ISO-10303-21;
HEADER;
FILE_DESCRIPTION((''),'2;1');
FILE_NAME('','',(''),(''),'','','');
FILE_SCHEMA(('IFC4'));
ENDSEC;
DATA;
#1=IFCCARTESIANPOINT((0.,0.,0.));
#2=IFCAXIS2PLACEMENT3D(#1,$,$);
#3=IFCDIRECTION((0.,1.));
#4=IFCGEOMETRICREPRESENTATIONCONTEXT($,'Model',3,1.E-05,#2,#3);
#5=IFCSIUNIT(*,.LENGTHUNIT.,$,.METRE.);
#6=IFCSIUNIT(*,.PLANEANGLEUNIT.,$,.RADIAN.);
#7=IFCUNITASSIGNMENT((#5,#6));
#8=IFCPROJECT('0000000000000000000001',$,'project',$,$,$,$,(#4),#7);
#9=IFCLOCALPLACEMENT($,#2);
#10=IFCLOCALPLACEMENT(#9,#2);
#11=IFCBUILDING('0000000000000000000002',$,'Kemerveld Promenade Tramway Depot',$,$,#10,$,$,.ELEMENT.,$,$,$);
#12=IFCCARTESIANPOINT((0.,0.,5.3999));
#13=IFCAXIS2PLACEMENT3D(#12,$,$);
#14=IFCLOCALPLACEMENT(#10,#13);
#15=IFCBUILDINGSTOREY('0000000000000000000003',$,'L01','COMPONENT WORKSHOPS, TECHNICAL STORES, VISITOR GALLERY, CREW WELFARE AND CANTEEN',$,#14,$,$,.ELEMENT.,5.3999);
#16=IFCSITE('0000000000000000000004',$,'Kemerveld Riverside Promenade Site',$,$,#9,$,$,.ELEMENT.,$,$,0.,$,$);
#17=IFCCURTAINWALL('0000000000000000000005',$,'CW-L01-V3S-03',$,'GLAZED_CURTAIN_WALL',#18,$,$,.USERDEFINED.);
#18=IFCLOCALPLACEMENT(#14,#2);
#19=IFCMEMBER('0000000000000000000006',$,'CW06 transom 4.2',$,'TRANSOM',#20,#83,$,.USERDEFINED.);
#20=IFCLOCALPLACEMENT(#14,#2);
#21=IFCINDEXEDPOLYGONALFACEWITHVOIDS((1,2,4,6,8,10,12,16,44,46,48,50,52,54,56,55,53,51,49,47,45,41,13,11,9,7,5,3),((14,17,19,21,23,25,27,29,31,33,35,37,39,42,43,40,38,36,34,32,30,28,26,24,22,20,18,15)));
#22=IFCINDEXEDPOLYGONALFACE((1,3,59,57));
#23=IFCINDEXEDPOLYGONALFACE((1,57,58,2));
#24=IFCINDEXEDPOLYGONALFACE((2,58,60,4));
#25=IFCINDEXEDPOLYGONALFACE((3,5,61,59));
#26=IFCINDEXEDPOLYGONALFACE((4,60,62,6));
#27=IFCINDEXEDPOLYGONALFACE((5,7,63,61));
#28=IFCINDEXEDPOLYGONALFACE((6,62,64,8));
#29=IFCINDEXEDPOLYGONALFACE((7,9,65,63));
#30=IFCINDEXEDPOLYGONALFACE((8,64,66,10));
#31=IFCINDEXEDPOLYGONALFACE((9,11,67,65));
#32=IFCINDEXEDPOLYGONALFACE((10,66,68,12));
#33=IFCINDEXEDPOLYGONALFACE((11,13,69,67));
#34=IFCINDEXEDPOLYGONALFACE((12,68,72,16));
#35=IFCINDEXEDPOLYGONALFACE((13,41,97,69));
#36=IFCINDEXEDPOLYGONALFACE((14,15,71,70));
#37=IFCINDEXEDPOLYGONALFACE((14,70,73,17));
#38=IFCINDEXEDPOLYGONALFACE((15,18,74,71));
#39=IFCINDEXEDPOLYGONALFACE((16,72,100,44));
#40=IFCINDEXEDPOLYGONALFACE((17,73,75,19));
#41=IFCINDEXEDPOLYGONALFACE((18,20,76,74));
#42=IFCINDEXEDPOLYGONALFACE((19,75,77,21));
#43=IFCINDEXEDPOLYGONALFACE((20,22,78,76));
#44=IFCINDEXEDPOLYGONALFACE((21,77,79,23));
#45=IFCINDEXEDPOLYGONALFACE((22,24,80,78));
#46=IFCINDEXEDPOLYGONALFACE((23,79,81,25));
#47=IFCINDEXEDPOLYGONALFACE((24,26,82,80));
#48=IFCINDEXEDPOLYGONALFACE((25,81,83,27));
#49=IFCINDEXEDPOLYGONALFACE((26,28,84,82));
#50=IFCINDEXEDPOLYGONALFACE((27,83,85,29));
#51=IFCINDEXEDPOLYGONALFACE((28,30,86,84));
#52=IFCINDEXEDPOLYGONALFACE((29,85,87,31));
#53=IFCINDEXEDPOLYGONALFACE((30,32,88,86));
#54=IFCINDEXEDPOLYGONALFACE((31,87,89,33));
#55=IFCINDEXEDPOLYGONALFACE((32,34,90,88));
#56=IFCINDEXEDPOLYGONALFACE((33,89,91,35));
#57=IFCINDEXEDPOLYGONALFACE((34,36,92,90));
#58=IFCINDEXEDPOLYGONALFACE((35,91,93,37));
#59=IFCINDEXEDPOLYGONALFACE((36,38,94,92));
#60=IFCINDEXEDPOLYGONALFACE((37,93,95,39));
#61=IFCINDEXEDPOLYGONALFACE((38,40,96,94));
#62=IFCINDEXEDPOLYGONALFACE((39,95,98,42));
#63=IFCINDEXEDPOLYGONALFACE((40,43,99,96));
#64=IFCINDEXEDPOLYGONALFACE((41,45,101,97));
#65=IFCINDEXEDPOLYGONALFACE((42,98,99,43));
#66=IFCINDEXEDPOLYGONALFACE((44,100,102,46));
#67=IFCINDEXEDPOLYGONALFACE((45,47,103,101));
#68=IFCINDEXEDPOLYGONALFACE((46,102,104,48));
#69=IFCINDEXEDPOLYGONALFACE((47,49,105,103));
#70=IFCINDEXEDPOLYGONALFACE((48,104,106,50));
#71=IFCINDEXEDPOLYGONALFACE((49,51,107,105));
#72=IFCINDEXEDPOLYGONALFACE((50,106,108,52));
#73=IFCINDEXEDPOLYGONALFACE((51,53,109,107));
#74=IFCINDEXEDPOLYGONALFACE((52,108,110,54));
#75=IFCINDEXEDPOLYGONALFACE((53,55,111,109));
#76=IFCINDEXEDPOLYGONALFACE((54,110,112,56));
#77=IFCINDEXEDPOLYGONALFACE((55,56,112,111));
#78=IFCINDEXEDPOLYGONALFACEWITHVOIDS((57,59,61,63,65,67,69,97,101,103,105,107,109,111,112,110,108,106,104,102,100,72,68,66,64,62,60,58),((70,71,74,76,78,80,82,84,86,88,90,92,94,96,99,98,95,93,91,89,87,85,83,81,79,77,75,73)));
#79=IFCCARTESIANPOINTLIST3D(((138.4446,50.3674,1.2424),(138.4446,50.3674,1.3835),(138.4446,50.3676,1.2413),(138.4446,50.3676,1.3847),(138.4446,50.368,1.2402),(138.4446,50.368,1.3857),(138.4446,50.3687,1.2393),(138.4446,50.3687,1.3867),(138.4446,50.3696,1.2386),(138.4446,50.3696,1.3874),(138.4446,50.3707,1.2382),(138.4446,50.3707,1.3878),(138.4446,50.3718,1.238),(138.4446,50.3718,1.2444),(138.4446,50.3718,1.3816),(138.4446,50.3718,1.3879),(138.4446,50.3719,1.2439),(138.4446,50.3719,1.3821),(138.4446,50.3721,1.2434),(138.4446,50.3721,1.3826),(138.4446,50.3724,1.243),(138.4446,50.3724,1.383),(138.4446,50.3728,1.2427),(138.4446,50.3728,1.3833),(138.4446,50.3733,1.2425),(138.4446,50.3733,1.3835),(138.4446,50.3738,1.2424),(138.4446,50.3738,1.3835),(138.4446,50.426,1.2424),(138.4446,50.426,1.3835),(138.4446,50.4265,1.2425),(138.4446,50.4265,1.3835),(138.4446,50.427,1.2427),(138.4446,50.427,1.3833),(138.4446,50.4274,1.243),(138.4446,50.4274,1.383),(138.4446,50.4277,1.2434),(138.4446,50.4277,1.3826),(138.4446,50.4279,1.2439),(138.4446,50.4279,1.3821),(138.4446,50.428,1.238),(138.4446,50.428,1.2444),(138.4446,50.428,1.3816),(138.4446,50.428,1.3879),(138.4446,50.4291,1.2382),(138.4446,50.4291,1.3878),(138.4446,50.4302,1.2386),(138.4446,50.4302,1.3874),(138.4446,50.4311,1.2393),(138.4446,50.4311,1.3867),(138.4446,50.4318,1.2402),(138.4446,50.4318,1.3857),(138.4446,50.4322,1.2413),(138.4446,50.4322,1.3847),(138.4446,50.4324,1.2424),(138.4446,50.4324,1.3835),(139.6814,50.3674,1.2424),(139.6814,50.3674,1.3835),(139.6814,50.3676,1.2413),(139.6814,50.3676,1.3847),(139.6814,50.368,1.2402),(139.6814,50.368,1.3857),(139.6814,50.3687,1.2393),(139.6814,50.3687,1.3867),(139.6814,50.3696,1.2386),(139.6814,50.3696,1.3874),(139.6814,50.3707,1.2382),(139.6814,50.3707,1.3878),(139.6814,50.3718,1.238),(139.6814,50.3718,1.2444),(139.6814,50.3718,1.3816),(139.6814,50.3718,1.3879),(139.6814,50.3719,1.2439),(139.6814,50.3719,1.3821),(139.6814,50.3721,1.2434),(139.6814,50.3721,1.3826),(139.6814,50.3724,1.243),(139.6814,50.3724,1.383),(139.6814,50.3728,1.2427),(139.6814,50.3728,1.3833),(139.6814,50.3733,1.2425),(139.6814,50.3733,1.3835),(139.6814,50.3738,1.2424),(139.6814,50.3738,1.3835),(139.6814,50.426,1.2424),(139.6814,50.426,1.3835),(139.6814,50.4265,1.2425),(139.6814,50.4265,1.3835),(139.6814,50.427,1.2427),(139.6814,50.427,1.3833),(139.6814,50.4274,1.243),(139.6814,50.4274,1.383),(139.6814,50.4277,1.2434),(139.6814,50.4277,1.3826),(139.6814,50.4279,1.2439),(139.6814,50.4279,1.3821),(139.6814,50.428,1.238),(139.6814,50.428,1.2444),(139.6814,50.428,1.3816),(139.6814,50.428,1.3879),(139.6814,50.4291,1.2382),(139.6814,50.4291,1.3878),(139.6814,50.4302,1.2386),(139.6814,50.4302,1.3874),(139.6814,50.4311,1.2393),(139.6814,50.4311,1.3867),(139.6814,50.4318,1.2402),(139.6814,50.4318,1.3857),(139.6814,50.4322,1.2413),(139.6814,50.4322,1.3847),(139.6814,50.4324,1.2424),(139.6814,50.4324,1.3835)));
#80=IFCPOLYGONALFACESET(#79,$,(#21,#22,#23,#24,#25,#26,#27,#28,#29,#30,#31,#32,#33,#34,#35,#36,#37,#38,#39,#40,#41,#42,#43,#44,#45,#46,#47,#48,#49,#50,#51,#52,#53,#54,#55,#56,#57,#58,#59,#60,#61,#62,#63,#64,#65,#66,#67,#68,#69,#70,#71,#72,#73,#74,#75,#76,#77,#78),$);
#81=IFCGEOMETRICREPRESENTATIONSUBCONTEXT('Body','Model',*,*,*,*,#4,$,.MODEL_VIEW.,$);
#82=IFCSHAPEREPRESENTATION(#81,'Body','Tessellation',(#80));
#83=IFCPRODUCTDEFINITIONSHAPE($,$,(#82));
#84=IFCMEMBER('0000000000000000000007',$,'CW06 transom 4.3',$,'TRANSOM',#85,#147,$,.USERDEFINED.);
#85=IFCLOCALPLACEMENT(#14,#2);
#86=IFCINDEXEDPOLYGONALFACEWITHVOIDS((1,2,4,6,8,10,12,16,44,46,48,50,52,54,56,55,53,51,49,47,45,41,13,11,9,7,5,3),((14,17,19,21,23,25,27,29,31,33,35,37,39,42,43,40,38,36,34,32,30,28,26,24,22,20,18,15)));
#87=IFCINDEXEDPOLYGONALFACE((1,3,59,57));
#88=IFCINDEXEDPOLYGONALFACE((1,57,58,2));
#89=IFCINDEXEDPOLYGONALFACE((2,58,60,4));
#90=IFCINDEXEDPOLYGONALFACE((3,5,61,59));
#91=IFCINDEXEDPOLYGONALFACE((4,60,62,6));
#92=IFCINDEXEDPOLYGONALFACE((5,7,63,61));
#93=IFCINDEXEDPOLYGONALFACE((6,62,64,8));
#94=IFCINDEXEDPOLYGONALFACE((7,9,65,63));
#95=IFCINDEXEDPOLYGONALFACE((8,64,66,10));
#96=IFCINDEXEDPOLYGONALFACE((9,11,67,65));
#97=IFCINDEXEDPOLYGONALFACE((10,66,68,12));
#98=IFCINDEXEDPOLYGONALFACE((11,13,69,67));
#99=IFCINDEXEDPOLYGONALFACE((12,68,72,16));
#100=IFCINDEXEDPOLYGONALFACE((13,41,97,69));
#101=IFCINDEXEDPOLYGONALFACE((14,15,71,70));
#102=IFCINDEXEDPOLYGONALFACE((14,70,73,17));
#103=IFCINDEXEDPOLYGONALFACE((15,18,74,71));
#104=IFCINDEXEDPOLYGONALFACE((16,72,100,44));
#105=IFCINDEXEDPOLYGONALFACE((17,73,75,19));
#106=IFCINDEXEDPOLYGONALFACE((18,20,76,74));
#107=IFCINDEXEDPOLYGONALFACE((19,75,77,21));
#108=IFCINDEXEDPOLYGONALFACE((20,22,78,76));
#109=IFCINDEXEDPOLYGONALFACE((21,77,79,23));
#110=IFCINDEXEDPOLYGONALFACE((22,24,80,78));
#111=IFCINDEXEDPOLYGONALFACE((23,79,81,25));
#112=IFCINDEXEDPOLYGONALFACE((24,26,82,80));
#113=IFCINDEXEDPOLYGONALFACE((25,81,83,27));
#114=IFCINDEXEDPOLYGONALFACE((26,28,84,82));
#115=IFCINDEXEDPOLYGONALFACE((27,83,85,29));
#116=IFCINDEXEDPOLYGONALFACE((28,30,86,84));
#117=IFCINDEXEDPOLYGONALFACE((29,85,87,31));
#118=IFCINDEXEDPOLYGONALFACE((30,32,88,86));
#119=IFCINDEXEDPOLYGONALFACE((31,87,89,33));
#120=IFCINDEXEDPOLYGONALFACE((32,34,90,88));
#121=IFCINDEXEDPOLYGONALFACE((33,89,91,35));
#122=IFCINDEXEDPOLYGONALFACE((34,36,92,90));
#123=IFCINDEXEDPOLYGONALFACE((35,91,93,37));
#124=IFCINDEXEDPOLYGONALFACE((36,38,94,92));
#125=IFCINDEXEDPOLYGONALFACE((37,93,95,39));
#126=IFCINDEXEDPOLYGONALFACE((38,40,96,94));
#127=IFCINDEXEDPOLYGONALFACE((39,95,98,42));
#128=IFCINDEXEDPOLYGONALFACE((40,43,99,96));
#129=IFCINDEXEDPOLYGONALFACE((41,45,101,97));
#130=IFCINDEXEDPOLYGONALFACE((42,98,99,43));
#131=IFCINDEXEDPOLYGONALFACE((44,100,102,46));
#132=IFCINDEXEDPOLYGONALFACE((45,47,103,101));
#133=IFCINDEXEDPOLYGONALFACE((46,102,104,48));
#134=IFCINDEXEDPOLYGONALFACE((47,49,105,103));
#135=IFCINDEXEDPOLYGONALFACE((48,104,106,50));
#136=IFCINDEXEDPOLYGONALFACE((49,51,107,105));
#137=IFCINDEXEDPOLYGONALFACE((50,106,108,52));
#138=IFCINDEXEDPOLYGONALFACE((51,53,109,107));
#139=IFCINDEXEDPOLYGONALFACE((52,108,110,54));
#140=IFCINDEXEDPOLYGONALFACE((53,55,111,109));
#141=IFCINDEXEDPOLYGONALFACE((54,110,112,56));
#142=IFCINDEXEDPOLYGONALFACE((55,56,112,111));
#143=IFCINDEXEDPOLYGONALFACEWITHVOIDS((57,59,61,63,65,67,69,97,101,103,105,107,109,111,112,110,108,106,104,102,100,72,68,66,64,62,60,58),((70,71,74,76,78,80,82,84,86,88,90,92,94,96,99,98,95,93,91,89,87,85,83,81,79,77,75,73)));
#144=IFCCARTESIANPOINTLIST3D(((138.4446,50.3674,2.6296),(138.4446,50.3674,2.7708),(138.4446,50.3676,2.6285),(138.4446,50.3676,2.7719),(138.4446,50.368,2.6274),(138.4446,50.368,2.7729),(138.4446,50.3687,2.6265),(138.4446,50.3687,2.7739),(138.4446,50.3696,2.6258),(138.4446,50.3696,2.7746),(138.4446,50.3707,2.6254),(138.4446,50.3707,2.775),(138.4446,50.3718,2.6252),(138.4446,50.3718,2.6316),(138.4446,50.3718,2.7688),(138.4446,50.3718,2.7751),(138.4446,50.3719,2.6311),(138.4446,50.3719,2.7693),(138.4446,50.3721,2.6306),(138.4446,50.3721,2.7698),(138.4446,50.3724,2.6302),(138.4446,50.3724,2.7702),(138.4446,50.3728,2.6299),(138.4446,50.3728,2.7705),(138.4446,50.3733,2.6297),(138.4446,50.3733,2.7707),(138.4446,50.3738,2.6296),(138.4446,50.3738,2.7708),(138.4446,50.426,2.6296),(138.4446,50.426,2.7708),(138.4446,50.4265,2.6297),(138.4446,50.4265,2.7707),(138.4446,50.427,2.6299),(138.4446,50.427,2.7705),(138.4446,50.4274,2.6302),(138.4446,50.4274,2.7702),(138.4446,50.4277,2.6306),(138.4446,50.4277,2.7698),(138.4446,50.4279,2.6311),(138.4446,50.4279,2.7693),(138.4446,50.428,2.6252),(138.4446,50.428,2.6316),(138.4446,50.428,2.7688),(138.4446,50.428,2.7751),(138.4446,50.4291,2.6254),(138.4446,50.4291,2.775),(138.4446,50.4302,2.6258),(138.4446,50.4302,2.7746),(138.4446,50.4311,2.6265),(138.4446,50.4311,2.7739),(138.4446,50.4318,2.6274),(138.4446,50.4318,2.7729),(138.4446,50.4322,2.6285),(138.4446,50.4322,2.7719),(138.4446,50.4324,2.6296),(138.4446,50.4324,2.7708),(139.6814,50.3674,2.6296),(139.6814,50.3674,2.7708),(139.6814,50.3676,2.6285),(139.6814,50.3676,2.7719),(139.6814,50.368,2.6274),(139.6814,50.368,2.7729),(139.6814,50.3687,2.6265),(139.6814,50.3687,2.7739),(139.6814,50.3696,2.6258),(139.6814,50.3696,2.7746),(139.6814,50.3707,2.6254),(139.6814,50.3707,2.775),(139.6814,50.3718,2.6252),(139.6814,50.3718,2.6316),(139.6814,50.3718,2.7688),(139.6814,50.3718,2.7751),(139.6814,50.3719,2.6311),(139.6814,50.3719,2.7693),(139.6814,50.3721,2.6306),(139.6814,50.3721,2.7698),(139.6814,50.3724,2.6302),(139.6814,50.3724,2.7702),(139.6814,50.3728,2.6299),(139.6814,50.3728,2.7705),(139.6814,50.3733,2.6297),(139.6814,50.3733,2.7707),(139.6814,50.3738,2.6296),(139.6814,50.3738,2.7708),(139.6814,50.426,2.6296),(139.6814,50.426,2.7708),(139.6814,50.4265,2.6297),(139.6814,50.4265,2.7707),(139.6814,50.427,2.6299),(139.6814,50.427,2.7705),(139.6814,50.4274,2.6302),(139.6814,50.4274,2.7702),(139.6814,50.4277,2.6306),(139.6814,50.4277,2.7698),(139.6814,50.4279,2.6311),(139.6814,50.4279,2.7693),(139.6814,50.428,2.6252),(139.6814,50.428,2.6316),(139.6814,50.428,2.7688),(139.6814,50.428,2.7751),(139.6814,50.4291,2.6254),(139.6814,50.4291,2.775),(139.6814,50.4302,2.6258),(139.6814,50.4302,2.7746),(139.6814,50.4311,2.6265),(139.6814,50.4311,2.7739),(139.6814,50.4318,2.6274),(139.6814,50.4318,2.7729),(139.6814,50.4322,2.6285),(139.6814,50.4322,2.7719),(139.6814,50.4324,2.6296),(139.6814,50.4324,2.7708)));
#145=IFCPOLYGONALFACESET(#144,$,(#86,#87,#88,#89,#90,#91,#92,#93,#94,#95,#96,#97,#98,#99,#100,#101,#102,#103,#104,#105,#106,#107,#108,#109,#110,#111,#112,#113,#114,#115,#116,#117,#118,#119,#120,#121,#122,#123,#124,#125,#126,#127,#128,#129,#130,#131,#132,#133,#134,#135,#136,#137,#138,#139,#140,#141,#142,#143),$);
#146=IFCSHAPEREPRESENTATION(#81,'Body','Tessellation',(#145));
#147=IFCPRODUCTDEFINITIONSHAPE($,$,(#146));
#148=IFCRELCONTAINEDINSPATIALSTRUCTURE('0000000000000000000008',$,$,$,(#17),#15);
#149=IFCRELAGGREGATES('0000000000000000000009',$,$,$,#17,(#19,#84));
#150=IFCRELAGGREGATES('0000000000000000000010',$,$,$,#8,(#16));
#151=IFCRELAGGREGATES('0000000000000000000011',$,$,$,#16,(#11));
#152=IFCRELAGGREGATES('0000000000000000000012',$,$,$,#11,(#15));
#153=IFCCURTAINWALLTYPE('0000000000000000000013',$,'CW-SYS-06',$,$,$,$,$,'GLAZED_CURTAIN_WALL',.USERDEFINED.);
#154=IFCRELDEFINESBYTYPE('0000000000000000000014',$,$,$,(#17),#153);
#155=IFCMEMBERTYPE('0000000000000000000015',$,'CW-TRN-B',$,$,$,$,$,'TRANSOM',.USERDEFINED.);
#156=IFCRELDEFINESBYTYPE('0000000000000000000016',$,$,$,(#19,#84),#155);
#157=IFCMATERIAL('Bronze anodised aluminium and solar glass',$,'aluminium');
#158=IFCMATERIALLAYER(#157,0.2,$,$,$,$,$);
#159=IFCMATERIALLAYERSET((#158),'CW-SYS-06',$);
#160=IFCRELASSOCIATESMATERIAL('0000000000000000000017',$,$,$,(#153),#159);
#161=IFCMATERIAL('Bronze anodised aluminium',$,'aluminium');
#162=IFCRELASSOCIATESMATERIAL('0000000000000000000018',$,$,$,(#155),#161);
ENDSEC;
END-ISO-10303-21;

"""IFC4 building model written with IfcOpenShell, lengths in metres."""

from ifc_helpers import new_model, si_unit, direction, frame, origin, origin_2d, place, context, subcontext, project, spatial, hollow_rectangle, extrude, material, layer, layer_set, material_profile, profile_set, type_object, element, aggregate, save


model = new_model("IFC4")

# Units and contexts
model_context = context("Model", 3, precision=1e-05, world=origin(), true_north=direction((0.0, 1.0)))
body_context = subcontext(model_context, "Body", "Model", "MODEL_VIEW")
ifc_project = project(units=[si_unit("LENGTHUNIT", "METRE"), si_unit("PLANEANGLEUNIT", "RADIAN")], contexts=[model_context])

# Site, building, storey
site_placement = place(None, origin())
site = spatial("IfcSite", under=ifc_project, at=site_placement, Name="Kemerveld Riverside Promenade Site", CompositionType="ELEMENT", RefElevation=0.0)
building_placement = place(site_placement, origin())
building = spatial("IfcBuilding", under=site, at=building_placement, Name="Kemerveld Promenade Tramway Depot", CompositionType="ELEMENT")
storey_placement = place(building_placement, frame((0.0, 0.0, 5.3999)))
storey = spatial("IfcBuildingStorey", under=building, at=storey_placement, Name="L01", Description="COMPONENT WORKSHOPS, TECHNICAL STORES, VISITOR GALLERY, CREW WELFARE AND CANTEEN", CompositionType="ELEMENT", Elevation=5.3999)

# Curtain wall, members
ifc_material_1 = material(Name="Bronze anodised aluminium and solar glass", Category="aluminium")
ifc_layer_1 = layer(ifc_material_1, 0.2)
ifc_layer_set_1 = layer_set([ifc_layer_1], Name="CW-SYS-06")
curtain_wall_type = type_object("IfcCurtainWallType", Name="CW-SYS-06", ElementType="GLAZED_CURTAIN_WALL", PredefinedType="USERDEFINED", material=ifc_layer_set_1)
curtain_wall_placement = place(storey_placement, origin())
curtain_wall = element("IfcCurtainWall", 1, at=curtain_wall_placement, inside=storey, type_object=curtain_wall_type, Name="CW-L01-V3S-03", ObjectType="GLAZED_CURTAIN_WALL", PredefinedType="USERDEFINED")
ifc_material_2 = material(Name="Bronze anodised aluminium", Category="aluminium")
ifc_material_profile_1 = material_profile(ifc_material_2, hollow_rectangle(XDim=0.0649, YDim=0.1499, WallThickness=0.0044, InnerFilletRadius=0.002, OuterFilletRadius=0.0044, at=origin_2d()), Name="CW-TRN-150x65")
ifc_profile_set_1 = profile_set([ifc_material_profile_1], Name="Bronze anodised aluminium")
member_type_1 = type_object("IfcMemberType", Name="CW-TRN-B", ElementType="TRANSOM", PredefinedType="USERDEFINED", material=ifc_profile_set_1)
member_1_placement = place(storey_placement, frame((139.6814, 50.3999, 1.313), z_axis=(-1.0, 0.0, 0.0), x_axis=(0.0, -1.0, 0.0)))
member_1 = element("IfcMember", 2, at=member_1_placement, type_object=member_type_1, Name="CW06 transom 4.2", ObjectType="TRANSOM", PredefinedType="USERDEFINED", context=body_context, shape_type="SweptSolid", body=[
    extrude(hollow_rectangle(XDim=0.0649, YDim=0.1499, WallThickness=0.0044, InnerFilletRadius=0.002, OuterFilletRadius=0.0044, at=origin_2d()), origin(), (0.0, 0.0, 1.0), 1.2368),
])
member_2_placement = place(storey_placement, frame((139.6814, 50.3999, 2.7002), z_axis=(-1.0, 0.0, 0.0), x_axis=(0.0, -1.0, 0.0)))
member_2 = element("IfcMember", 3, at=member_2_placement, type_object=member_type_1, Name="CW06 transom 4.3", ObjectType="TRANSOM", PredefinedType="USERDEFINED", context=body_context, shape_type="SweptSolid", body=[
    extrude(hollow_rectangle(XDim=0.0649, YDim=0.1499, WallThickness=0.0044, InnerFilletRadius=0.002, OuterFilletRadius=0.0044, at=origin_2d()), origin(), (0.0, 0.0, 1.0), 1.2368),
])
aggregate(curtain_wall, [member_1, member_2])

save(model, "model.ifc")
